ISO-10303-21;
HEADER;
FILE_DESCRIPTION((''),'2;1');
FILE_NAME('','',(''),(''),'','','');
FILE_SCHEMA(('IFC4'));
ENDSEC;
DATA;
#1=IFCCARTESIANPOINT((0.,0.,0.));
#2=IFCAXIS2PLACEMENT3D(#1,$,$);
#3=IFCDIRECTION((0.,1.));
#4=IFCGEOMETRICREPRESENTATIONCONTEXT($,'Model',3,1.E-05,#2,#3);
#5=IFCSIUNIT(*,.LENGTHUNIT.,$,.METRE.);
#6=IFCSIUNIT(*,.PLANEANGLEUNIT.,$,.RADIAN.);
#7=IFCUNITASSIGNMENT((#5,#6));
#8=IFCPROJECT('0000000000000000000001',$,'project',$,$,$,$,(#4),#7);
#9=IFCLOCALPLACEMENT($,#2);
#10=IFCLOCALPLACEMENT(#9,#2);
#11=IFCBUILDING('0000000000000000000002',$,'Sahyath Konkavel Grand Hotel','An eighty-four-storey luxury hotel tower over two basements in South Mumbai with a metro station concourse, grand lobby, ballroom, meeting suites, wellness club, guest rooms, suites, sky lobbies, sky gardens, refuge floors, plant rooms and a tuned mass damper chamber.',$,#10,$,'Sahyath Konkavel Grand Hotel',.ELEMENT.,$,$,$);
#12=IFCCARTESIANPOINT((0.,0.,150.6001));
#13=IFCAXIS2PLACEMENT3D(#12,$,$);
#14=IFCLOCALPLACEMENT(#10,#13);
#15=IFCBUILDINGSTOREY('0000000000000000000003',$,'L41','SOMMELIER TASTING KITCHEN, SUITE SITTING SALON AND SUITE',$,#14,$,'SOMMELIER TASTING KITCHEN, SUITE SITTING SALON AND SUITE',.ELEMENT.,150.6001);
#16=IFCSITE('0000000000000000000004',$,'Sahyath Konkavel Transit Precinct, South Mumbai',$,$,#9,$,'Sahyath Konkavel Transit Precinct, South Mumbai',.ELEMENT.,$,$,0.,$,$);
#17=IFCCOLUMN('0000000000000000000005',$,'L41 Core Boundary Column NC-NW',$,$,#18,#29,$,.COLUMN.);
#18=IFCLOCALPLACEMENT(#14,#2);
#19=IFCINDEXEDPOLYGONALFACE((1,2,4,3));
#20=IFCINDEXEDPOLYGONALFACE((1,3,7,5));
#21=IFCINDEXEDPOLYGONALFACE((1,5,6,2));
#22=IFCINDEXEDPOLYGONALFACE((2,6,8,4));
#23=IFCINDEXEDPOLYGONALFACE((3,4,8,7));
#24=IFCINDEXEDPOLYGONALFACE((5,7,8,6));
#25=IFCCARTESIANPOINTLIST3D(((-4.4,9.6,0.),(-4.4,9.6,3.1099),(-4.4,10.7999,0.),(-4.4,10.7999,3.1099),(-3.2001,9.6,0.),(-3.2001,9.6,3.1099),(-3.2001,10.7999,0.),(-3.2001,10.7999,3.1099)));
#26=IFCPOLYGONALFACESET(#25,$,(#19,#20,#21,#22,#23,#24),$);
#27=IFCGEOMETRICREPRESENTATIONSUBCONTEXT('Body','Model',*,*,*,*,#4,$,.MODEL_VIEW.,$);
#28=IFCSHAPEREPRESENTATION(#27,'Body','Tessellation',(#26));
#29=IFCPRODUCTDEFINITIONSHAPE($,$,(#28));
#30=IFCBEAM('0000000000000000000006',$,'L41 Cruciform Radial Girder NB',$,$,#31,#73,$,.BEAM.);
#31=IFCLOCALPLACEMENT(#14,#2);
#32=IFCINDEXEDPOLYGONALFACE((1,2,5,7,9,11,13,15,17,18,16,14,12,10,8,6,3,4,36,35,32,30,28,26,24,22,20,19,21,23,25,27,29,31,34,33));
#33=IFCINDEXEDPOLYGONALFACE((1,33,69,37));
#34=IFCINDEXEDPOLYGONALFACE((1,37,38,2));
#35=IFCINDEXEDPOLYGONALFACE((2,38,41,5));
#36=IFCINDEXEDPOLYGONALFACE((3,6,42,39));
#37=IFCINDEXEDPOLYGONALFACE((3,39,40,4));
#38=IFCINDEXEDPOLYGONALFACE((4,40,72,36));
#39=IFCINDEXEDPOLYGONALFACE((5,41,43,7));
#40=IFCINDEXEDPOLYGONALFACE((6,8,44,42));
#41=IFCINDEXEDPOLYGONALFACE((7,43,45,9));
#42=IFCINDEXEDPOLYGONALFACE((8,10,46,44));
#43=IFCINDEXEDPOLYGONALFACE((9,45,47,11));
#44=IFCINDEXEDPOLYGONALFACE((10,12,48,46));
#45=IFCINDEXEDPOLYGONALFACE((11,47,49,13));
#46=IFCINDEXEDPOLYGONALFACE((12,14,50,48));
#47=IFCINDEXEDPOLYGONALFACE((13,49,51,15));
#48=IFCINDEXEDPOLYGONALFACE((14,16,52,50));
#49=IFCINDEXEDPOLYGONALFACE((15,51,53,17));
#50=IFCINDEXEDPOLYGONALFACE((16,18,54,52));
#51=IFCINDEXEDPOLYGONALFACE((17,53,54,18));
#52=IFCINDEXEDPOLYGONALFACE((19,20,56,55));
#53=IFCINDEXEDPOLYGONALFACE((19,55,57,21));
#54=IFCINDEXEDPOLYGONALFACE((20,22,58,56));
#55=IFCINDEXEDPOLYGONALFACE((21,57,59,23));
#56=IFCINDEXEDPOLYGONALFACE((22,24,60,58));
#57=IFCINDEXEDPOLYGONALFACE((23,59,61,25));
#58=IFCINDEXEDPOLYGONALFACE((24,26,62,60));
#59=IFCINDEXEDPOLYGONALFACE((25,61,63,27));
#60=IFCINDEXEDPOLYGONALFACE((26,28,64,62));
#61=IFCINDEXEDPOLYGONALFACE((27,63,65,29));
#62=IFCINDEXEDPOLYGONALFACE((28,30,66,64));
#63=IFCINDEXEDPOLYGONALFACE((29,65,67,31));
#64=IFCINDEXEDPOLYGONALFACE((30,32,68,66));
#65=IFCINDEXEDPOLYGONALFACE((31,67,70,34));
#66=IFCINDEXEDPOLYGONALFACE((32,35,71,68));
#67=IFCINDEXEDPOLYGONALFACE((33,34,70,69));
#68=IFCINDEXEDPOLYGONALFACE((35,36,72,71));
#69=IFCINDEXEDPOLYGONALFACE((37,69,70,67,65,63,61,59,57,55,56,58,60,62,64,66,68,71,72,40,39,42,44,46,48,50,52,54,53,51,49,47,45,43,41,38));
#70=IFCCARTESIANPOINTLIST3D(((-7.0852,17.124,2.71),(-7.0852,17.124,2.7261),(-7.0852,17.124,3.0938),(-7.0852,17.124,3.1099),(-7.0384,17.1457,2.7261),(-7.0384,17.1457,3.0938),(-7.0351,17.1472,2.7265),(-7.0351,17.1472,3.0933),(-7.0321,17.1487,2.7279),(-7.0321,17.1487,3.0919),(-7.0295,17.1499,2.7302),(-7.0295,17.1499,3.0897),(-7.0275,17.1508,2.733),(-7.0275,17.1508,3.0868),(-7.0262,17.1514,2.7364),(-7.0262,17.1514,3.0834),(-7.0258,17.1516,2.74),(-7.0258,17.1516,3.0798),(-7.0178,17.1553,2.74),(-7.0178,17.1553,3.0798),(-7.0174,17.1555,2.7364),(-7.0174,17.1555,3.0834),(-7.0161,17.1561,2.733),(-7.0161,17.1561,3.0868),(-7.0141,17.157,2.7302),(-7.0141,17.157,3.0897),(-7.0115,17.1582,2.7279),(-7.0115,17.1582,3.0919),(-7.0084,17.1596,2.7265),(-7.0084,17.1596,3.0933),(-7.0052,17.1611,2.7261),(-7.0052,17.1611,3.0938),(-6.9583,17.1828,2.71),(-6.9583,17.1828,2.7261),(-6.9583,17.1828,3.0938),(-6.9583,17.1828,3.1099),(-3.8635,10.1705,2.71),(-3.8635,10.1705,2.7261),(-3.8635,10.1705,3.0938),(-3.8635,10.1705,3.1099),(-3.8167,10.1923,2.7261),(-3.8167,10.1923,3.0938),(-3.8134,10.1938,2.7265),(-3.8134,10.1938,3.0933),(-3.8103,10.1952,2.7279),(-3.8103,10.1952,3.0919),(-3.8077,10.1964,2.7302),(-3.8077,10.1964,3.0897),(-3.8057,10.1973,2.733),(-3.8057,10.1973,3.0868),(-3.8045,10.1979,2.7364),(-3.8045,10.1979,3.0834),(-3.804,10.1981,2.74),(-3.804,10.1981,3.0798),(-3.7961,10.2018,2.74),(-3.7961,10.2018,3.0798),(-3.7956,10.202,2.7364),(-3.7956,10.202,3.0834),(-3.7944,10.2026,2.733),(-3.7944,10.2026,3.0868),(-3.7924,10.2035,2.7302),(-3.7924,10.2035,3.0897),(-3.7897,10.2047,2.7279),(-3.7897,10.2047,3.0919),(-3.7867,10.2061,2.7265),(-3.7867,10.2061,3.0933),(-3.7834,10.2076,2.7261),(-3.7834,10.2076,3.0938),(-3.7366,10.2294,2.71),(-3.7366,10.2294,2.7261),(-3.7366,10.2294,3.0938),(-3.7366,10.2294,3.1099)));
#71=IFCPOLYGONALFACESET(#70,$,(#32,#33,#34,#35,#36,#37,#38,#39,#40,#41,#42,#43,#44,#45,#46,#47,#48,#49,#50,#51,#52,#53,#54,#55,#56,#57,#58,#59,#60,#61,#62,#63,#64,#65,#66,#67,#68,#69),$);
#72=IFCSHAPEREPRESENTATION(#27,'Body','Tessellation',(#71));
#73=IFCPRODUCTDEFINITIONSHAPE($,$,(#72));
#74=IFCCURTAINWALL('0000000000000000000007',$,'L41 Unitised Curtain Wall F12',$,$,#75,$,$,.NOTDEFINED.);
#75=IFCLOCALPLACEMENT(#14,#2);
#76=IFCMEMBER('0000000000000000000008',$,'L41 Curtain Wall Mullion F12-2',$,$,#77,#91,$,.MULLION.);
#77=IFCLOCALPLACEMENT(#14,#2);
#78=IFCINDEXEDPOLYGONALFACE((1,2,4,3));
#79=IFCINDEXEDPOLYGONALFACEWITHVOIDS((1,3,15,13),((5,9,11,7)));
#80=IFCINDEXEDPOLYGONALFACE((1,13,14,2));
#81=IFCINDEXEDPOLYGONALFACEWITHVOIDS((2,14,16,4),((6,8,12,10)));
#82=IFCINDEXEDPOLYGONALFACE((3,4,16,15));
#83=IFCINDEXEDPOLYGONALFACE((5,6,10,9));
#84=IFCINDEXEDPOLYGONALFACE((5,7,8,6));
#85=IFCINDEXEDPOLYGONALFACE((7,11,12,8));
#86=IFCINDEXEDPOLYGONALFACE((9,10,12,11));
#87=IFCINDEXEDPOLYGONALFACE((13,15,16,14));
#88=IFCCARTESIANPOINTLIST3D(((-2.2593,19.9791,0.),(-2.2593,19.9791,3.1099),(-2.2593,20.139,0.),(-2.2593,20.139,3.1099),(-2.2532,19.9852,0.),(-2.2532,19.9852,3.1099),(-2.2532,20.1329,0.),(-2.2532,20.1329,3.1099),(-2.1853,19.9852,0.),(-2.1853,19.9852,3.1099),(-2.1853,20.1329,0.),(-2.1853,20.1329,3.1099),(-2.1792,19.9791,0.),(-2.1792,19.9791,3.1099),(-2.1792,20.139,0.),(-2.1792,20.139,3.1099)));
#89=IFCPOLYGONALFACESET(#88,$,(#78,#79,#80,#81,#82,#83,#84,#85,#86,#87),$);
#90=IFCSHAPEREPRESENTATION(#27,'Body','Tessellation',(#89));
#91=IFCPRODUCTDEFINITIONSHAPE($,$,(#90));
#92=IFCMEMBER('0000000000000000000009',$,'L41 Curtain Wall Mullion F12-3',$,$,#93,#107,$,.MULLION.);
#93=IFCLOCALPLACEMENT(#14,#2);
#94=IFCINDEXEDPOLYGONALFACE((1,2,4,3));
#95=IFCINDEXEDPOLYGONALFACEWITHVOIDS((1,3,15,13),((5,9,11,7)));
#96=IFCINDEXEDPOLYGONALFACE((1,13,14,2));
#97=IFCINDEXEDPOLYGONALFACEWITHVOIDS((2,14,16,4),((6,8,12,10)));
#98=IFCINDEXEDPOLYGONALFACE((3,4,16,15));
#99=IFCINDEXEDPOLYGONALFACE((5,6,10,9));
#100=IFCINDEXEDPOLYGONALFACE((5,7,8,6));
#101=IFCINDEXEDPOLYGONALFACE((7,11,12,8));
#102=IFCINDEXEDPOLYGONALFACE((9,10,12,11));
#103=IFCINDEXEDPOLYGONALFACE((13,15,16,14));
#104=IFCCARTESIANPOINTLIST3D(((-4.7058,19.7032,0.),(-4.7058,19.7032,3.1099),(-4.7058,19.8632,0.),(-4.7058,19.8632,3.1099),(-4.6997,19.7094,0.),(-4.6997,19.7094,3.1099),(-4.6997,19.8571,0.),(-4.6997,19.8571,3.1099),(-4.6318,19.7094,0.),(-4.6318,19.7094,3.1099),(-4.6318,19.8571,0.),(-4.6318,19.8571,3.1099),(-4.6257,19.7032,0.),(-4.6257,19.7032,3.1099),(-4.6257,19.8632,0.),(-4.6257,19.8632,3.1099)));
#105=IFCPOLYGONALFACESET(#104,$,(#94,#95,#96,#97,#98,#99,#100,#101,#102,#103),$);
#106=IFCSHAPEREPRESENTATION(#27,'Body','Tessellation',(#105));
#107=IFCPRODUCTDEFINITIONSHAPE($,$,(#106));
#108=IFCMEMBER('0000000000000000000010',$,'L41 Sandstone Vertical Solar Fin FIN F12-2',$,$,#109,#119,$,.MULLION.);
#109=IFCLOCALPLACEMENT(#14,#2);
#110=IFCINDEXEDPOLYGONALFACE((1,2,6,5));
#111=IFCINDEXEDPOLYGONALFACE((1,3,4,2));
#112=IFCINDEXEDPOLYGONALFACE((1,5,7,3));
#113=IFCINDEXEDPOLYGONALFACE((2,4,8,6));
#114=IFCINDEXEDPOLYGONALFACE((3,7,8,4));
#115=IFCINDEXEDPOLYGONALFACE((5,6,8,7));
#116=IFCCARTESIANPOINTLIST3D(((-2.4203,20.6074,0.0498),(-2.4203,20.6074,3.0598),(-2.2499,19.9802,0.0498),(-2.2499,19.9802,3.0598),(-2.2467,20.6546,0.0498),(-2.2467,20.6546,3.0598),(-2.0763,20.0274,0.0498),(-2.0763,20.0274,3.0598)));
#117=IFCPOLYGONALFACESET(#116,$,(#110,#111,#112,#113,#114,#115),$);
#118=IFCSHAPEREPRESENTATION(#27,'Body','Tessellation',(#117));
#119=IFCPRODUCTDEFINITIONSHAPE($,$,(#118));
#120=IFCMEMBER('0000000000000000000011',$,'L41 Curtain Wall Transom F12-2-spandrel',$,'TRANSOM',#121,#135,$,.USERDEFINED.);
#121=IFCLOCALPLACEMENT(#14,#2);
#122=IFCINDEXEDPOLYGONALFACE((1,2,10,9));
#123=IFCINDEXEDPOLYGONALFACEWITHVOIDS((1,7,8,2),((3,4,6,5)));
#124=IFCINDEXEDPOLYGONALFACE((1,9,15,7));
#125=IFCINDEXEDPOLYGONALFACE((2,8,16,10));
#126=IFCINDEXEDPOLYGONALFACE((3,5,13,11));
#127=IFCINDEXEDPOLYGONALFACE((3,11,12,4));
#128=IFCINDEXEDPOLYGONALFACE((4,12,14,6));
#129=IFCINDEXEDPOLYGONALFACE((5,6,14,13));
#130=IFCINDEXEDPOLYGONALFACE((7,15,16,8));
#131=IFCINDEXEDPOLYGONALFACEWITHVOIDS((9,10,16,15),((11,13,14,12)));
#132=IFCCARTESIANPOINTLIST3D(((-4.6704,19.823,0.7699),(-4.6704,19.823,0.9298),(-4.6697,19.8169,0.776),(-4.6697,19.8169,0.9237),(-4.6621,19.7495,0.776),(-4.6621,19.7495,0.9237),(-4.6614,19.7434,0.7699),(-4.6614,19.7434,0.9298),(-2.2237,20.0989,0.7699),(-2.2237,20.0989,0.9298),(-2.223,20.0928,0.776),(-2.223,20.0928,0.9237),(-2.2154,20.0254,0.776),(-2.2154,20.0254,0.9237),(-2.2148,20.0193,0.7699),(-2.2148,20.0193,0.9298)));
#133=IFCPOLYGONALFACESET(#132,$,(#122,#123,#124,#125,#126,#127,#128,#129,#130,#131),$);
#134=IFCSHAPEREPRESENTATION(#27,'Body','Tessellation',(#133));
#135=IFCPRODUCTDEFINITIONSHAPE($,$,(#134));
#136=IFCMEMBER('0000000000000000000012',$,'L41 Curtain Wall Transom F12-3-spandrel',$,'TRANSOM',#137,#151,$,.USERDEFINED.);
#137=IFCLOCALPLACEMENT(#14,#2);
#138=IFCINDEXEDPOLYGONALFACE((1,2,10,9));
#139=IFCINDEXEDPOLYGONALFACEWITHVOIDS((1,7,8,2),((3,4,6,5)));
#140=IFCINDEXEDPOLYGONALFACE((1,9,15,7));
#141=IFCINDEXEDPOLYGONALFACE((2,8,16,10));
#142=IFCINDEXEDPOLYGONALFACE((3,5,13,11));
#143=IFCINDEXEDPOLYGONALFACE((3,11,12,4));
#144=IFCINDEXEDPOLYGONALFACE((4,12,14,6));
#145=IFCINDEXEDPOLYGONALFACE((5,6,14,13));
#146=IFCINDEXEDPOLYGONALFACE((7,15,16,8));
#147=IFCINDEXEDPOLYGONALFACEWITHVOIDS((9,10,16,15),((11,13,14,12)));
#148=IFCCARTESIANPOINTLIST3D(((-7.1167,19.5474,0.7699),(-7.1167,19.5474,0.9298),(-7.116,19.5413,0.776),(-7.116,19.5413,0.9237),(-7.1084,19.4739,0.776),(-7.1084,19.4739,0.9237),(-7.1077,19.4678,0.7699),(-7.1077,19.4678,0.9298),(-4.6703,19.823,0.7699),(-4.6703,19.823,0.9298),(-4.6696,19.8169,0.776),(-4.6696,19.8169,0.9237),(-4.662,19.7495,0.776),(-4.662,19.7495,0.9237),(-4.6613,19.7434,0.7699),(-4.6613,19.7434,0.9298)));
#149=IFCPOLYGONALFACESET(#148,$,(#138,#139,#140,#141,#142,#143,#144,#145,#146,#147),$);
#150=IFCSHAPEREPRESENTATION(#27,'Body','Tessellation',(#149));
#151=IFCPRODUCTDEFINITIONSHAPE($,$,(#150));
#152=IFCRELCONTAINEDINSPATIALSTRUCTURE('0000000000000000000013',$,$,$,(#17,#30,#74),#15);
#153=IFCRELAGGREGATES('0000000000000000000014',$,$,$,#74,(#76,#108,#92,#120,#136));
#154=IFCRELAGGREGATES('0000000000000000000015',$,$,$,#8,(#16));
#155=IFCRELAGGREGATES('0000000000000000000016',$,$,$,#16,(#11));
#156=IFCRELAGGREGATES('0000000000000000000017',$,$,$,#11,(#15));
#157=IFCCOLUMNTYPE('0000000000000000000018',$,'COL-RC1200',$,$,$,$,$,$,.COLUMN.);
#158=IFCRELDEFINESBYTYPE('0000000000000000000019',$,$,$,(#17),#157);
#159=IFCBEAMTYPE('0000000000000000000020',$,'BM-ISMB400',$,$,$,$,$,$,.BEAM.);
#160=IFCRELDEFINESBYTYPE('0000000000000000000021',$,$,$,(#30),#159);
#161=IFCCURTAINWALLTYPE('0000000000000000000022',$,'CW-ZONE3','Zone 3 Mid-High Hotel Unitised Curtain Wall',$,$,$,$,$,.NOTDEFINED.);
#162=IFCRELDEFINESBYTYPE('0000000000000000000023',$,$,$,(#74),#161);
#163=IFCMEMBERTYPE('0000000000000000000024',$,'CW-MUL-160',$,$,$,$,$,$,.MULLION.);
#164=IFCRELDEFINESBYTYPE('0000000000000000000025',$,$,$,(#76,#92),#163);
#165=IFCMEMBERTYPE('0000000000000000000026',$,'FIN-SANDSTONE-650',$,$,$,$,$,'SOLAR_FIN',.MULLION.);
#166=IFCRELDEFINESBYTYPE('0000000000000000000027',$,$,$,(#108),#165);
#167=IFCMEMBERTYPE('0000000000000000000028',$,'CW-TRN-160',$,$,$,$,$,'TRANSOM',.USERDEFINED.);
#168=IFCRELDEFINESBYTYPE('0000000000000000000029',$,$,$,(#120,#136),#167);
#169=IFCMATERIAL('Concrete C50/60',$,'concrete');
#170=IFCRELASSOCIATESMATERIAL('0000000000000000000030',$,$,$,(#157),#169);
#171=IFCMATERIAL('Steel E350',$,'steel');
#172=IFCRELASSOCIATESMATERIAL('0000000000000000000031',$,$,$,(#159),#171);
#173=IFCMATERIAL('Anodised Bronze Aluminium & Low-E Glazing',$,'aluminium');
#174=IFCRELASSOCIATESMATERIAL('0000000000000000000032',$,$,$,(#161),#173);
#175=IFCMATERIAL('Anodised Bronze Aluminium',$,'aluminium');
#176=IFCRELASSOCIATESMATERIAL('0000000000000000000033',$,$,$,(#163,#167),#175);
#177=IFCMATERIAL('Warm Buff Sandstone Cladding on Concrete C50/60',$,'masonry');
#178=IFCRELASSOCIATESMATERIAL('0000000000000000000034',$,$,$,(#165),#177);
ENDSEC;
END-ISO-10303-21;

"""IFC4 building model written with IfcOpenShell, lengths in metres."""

from ifc_helpers import new_model, si_unit, direction, frame, origin, origin_2d, place, context, subcontext, project, spatial, rectangle, hollow_rectangle, i_section, extrude, source, transform, mapped, material, material_profile, profile_set, type_object, element, aggregate, save


model = new_model("IFC4")

# Units and contexts
model_context = context("Model", 3, precision=1e-05, world=origin(), true_north=direction((0.0, 1.0)))
body_context = subcontext(model_context, "Body", "Model", "MODEL_VIEW")
ifc_project = project(units=[si_unit("LENGTHUNIT", "METRE"), si_unit("PLANEANGLEUNIT", "RADIAN")], contexts=[model_context])

# Site, building, storey
site_placement = place(None, origin())
site = spatial("IfcSite", under=ifc_project, at=site_placement, Name="Sahyath Konkavel Transit Precinct, South Mumbai", LongName="Sahyath Konkavel Transit Precinct, South Mumbai", CompositionType="ELEMENT", RefElevation=0.0)
building_placement = place(site_placement, origin())
building = spatial("IfcBuilding", under=site, at=building_placement, Name="Sahyath Konkavel Grand Hotel", Description="An eighty-four-storey luxury hotel tower over two basements in South Mumbai with a metro station concourse, grand lobby, ballroom, meeting suites, wellness club, guest rooms, suites, sky lobbies, sky gardens, refuge floors, plant rooms and a tuned mass damper chamber.", LongName="Sahyath Konkavel Grand Hotel", CompositionType="ELEMENT")
storey_placement = place(building_placement, frame((0.0, 0.0, 150.6001)))
storey = spatial("IfcBuildingStorey", under=building, at=storey_placement, Name="L41", Description="SOMMELIER TASTING KITCHEN, SUITE SITTING SALON AND SUITE", LongName="SOMMELIER TASTING KITCHEN, SUITE SITTING SALON AND SUITE", CompositionType="ELEMENT", Elevation=150.6001)

# Column
ifc_material_1 = material(Name="Concrete C50/60", Category="concrete")
ifc_material_profile_1 = material_profile(ifc_material_1, rectangle(XDim=1.2, YDim=1.2, at=origin_2d()), Name="RC 1200x1200")
ifc_profile_set_1 = profile_set([ifc_material_profile_1], Name="Concrete C50/60")
column_type = type_object("IfcColumnType", Name="COL-RC1200", PredefinedType="COLUMN", material=ifc_profile_set_1)
shared_shape_1 = source(origin(), body_context, "Body", "SweptSolid", [
    extrude(rectangle(XDim=1.2, YDim=1.2, at=origin_2d()), origin(), (0.0, 0.0, 1.0), 3.1099),
])
column_placement = place(storey_placement, frame((-3.8, 10.2, 0.0), z_axis=(0.0, 0.0, 1.0), x_axis=(1.0, 0.0, 0.0)))
element("IfcColumn", 1, at=column_placement, inside=storey, type_object=column_type, Name="L41 Core Boundary Column NC-NW", PredefinedType="COLUMN", context=body_context, shape_type="MappedRepresentation", body=[
    mapped(shared_shape_1, transform((0.0, 0.0, 0.0), scale=1.0)),
])

# Beam
ifc_material_2 = material(Name="Steel E350", Category="steel")
ifc_material_profile_2 = material_profile(ifc_material_2, i_section(OverallWidth=0.1399, OverallDepth=0.3999, WebThickness=0.0088, FlangeThickness=0.0161, FilletRadius=0.0139, at=origin_2d()), Name="ISMB 400")
ifc_profile_set_2 = profile_set([ifc_material_profile_2], Name="Steel E350")
beam_type_1 = type_object("IfcBeamType", Name="BM-ISMB400", PredefinedType="BEAM", material=ifc_profile_set_2)
shared_shape_2 = source(origin(), body_context, "Body", "SweptSolid", [
    extrude(i_section(OverallWidth=0.1399, OverallDepth=0.3999, WebThickness=0.0088, FlangeThickness=0.0161, FilletRadius=0.0139, at=origin_2d()), origin(), (0.0, 0.0, 1.0), 7.6636),
])
beam_1_placement = place(storey_placement, frame((-3.8, 10.2, 2.9099), z_axis=(-0.420395, 0.907341, 0.0), x_axis=(-0.907341, -0.420395, 0.0)))
element("IfcBeam", 2, at=beam_1_placement, inside=storey, type_object=beam_type_1, Name="L41 Cruciform Radial Girder NB", PredefinedType="BEAM", context=body_context, shape_type="MappedRepresentation", body=[
    mapped(shared_shape_2, transform((0.0, 0.0, 0.0), scale=1.0)),
])

# Curtain wall, members
ifc_material_3 = material(Name="Anodised Bronze Aluminium & Low-E Glazing", Category="aluminium")
curtain_wall_type = type_object("IfcCurtainWallType", Name="CW-ZONE3", Description="Zone 3 Mid-High Hotel Unitised Curtain Wall", PredefinedType="NOTDEFINED", material=ifc_material_3)
curtain_wall_placement = place(storey_placement, origin())
curtain_wall = element("IfcCurtainWall", 3, at=curtain_wall_placement, inside=storey, type_object=curtain_wall_type, Name="L41 Unitised Curtain Wall F12", PredefinedType="NOTDEFINED")
ifc_material_4 = material(Name="Anodised Bronze Aluminium", Category="aluminium")
ifc_material_profile_3 = material_profile(ifc_material_4, hollow_rectangle(XDim=0.0801, YDim=0.1599, WallThickness=0.0061, at=origin_2d()), Name="RHS 160x80x6")
ifc_profile_set_3 = profile_set([ifc_material_profile_3], Name="Anodised Bronze Aluminium")
member_type_1 = type_object("IfcMemberType", Name="CW-MUL-160", PredefinedType="MULLION", material=ifc_profile_set_3)
shared_shape_3 = source(origin(), body_context, "Body", "SweptSolid", [
    extrude(hollow_rectangle(XDim=0.0801, YDim=0.1599, WallThickness=0.0061, at=origin_2d()), origin(), (0.0, 0.0, 1.0), 3.1099),
])
member_1_placement = place(storey_placement, frame((-2.2192, 20.0591, 0.0), z_axis=(0.0, 0.0, 1.0), x_axis=(1.0, 0.0, 0.0)))
member_1 = element("IfcMember", 4, at=member_1_placement, type_object=member_type_1, Name="L41 Curtain Wall Mullion F12-2", PredefinedType="MULLION", context=body_context, shape_type="MappedRepresentation", body=[
    mapped(shared_shape_3, transform((0.0, 0.0, 0.0), scale=1.0)),
])
member_2_placement = place(storey_placement, frame((-4.6658, 19.7832, 0.0), z_axis=(0.0, 0.0, 1.0), x_axis=(1.0, 0.0, 0.0)))
member_2 = element("IfcMember", 5, at=member_2_placement, type_object=member_type_1, Name="L41 Curtain Wall Mullion F12-3", PredefinedType="MULLION", context=body_context, shape_type="MappedRepresentation", body=[
    mapped(shared_shape_3, transform((0.0, 0.0, 0.0), scale=1.0)),
])
ifc_material_5 = material(Name="Warm Buff Sandstone Cladding on Concrete C50/60", Category="masonry")
ifc_material_profile_4 = material_profile(ifc_material_5, rectangle(XDim=0.1799, YDim=0.6499, at=origin_2d()), Name="FIN 180x650")
ifc_profile_set_4 = profile_set([ifc_material_profile_4], Name="Warm Buff Sandstone Cladding on Concrete C50/60")
member_type_2 = type_object("IfcMemberType", Name="FIN-SANDSTONE-650", ElementType="SOLAR_FIN", PredefinedType="MULLION", material=ifc_profile_set_4)
shared_shape_4 = source(origin(), body_context, "Body", "SweptSolid", [
    extrude(rectangle(XDim=0.1799, YDim=0.6499, at=origin_2d()), origin(), (0.0, 0.0, 1.0), 3.01),
])
member_3_placement = place(storey_placement, frame((-2.2483, 20.3174, 0.0498), z_axis=(0.0, 0.0, 1.0), x_axis=(0.965016, 0.262189, 0.0)))
member_3 = element("IfcMember", 6, at=member_3_placement, type_object=member_type_2, Name="L41 Sandstone Vertical Solar Fin FIN F12-2", PredefinedType="MULLION", context=body_context, shape_type="MappedRepresentation", body=[
    mapped(shared_shape_4, transform((0.0, 0.0, 0.0), scale=1.0)),
])
ifc_material_profile_5 = material_profile(ifc_material_4, hollow_rectangle(XDim=0.0801, YDim=0.1599, WallThickness=0.0061, at=origin_2d()), Name="RHS 160x80x6")
ifc_profile_set_5 = profile_set([ifc_material_profile_5], Name="Anodised Bronze Aluminium")
member_type_3 = type_object("IfcMemberType", Name="CW-TRN-160", ElementType="TRANSOM", PredefinedType="USERDEFINED", material=ifc_profile_set_5)
shared_shape_5 = source(origin(), body_context, "Body", "SweptSolid", [
    extrude(hollow_rectangle(XDim=0.0801, YDim=0.1599, WallThickness=0.0061, at=origin_2d()), origin(), (0.0, 0.0, 1.0), 2.4622),
])
member_4_placement = place(storey_placement, frame((-2.2192, 20.0591, 0.8499), z_axis=(-0.993702, -0.112053, 0.0), x_axis=(0.112053, -0.993702, 0.0)))
member_4 = element("IfcMember", 7, at=member_4_placement, type_object=member_type_3, Name="L41 Curtain Wall Transom F12-2-spandrel", ObjectType="TRANSOM", PredefinedType="USERDEFINED", context=body_context, shape_type="MappedRepresentation", body=[
    mapped(shared_shape_5, transform((0.0, 0.0, 0.0), scale=1.0)),
])
shared_shape_6 = source(origin(), body_context, "Body", "SweptSolid", [
    extrude(hollow_rectangle(XDim=0.0801, YDim=0.1599, WallThickness=0.0061, at=origin_2d()), origin(), (0.0, 0.0, 1.0), 2.4619),
])
member_5_placement = place(storey_placement, frame((-4.6658, 19.7832, 0.8499), z_axis=(-0.993713, -0.111955, 0.0), x_axis=(0.111955, -0.993713, 0.0)))
member_5 = element("IfcMember", 8, at=member_5_placement, type_object=member_type_3, Name="L41 Curtain Wall Transom F12-3-spandrel", ObjectType="TRANSOM", PredefinedType="USERDEFINED", context=body_context, shape_type="MappedRepresentation", body=[
    mapped(shared_shape_6, transform((0.0, 0.0, 0.0), scale=1.0)),
])

aggregate(curtain_wall, [member_1, member_3, member_2, member_4, member_5])

save(model, "model.ifc")
